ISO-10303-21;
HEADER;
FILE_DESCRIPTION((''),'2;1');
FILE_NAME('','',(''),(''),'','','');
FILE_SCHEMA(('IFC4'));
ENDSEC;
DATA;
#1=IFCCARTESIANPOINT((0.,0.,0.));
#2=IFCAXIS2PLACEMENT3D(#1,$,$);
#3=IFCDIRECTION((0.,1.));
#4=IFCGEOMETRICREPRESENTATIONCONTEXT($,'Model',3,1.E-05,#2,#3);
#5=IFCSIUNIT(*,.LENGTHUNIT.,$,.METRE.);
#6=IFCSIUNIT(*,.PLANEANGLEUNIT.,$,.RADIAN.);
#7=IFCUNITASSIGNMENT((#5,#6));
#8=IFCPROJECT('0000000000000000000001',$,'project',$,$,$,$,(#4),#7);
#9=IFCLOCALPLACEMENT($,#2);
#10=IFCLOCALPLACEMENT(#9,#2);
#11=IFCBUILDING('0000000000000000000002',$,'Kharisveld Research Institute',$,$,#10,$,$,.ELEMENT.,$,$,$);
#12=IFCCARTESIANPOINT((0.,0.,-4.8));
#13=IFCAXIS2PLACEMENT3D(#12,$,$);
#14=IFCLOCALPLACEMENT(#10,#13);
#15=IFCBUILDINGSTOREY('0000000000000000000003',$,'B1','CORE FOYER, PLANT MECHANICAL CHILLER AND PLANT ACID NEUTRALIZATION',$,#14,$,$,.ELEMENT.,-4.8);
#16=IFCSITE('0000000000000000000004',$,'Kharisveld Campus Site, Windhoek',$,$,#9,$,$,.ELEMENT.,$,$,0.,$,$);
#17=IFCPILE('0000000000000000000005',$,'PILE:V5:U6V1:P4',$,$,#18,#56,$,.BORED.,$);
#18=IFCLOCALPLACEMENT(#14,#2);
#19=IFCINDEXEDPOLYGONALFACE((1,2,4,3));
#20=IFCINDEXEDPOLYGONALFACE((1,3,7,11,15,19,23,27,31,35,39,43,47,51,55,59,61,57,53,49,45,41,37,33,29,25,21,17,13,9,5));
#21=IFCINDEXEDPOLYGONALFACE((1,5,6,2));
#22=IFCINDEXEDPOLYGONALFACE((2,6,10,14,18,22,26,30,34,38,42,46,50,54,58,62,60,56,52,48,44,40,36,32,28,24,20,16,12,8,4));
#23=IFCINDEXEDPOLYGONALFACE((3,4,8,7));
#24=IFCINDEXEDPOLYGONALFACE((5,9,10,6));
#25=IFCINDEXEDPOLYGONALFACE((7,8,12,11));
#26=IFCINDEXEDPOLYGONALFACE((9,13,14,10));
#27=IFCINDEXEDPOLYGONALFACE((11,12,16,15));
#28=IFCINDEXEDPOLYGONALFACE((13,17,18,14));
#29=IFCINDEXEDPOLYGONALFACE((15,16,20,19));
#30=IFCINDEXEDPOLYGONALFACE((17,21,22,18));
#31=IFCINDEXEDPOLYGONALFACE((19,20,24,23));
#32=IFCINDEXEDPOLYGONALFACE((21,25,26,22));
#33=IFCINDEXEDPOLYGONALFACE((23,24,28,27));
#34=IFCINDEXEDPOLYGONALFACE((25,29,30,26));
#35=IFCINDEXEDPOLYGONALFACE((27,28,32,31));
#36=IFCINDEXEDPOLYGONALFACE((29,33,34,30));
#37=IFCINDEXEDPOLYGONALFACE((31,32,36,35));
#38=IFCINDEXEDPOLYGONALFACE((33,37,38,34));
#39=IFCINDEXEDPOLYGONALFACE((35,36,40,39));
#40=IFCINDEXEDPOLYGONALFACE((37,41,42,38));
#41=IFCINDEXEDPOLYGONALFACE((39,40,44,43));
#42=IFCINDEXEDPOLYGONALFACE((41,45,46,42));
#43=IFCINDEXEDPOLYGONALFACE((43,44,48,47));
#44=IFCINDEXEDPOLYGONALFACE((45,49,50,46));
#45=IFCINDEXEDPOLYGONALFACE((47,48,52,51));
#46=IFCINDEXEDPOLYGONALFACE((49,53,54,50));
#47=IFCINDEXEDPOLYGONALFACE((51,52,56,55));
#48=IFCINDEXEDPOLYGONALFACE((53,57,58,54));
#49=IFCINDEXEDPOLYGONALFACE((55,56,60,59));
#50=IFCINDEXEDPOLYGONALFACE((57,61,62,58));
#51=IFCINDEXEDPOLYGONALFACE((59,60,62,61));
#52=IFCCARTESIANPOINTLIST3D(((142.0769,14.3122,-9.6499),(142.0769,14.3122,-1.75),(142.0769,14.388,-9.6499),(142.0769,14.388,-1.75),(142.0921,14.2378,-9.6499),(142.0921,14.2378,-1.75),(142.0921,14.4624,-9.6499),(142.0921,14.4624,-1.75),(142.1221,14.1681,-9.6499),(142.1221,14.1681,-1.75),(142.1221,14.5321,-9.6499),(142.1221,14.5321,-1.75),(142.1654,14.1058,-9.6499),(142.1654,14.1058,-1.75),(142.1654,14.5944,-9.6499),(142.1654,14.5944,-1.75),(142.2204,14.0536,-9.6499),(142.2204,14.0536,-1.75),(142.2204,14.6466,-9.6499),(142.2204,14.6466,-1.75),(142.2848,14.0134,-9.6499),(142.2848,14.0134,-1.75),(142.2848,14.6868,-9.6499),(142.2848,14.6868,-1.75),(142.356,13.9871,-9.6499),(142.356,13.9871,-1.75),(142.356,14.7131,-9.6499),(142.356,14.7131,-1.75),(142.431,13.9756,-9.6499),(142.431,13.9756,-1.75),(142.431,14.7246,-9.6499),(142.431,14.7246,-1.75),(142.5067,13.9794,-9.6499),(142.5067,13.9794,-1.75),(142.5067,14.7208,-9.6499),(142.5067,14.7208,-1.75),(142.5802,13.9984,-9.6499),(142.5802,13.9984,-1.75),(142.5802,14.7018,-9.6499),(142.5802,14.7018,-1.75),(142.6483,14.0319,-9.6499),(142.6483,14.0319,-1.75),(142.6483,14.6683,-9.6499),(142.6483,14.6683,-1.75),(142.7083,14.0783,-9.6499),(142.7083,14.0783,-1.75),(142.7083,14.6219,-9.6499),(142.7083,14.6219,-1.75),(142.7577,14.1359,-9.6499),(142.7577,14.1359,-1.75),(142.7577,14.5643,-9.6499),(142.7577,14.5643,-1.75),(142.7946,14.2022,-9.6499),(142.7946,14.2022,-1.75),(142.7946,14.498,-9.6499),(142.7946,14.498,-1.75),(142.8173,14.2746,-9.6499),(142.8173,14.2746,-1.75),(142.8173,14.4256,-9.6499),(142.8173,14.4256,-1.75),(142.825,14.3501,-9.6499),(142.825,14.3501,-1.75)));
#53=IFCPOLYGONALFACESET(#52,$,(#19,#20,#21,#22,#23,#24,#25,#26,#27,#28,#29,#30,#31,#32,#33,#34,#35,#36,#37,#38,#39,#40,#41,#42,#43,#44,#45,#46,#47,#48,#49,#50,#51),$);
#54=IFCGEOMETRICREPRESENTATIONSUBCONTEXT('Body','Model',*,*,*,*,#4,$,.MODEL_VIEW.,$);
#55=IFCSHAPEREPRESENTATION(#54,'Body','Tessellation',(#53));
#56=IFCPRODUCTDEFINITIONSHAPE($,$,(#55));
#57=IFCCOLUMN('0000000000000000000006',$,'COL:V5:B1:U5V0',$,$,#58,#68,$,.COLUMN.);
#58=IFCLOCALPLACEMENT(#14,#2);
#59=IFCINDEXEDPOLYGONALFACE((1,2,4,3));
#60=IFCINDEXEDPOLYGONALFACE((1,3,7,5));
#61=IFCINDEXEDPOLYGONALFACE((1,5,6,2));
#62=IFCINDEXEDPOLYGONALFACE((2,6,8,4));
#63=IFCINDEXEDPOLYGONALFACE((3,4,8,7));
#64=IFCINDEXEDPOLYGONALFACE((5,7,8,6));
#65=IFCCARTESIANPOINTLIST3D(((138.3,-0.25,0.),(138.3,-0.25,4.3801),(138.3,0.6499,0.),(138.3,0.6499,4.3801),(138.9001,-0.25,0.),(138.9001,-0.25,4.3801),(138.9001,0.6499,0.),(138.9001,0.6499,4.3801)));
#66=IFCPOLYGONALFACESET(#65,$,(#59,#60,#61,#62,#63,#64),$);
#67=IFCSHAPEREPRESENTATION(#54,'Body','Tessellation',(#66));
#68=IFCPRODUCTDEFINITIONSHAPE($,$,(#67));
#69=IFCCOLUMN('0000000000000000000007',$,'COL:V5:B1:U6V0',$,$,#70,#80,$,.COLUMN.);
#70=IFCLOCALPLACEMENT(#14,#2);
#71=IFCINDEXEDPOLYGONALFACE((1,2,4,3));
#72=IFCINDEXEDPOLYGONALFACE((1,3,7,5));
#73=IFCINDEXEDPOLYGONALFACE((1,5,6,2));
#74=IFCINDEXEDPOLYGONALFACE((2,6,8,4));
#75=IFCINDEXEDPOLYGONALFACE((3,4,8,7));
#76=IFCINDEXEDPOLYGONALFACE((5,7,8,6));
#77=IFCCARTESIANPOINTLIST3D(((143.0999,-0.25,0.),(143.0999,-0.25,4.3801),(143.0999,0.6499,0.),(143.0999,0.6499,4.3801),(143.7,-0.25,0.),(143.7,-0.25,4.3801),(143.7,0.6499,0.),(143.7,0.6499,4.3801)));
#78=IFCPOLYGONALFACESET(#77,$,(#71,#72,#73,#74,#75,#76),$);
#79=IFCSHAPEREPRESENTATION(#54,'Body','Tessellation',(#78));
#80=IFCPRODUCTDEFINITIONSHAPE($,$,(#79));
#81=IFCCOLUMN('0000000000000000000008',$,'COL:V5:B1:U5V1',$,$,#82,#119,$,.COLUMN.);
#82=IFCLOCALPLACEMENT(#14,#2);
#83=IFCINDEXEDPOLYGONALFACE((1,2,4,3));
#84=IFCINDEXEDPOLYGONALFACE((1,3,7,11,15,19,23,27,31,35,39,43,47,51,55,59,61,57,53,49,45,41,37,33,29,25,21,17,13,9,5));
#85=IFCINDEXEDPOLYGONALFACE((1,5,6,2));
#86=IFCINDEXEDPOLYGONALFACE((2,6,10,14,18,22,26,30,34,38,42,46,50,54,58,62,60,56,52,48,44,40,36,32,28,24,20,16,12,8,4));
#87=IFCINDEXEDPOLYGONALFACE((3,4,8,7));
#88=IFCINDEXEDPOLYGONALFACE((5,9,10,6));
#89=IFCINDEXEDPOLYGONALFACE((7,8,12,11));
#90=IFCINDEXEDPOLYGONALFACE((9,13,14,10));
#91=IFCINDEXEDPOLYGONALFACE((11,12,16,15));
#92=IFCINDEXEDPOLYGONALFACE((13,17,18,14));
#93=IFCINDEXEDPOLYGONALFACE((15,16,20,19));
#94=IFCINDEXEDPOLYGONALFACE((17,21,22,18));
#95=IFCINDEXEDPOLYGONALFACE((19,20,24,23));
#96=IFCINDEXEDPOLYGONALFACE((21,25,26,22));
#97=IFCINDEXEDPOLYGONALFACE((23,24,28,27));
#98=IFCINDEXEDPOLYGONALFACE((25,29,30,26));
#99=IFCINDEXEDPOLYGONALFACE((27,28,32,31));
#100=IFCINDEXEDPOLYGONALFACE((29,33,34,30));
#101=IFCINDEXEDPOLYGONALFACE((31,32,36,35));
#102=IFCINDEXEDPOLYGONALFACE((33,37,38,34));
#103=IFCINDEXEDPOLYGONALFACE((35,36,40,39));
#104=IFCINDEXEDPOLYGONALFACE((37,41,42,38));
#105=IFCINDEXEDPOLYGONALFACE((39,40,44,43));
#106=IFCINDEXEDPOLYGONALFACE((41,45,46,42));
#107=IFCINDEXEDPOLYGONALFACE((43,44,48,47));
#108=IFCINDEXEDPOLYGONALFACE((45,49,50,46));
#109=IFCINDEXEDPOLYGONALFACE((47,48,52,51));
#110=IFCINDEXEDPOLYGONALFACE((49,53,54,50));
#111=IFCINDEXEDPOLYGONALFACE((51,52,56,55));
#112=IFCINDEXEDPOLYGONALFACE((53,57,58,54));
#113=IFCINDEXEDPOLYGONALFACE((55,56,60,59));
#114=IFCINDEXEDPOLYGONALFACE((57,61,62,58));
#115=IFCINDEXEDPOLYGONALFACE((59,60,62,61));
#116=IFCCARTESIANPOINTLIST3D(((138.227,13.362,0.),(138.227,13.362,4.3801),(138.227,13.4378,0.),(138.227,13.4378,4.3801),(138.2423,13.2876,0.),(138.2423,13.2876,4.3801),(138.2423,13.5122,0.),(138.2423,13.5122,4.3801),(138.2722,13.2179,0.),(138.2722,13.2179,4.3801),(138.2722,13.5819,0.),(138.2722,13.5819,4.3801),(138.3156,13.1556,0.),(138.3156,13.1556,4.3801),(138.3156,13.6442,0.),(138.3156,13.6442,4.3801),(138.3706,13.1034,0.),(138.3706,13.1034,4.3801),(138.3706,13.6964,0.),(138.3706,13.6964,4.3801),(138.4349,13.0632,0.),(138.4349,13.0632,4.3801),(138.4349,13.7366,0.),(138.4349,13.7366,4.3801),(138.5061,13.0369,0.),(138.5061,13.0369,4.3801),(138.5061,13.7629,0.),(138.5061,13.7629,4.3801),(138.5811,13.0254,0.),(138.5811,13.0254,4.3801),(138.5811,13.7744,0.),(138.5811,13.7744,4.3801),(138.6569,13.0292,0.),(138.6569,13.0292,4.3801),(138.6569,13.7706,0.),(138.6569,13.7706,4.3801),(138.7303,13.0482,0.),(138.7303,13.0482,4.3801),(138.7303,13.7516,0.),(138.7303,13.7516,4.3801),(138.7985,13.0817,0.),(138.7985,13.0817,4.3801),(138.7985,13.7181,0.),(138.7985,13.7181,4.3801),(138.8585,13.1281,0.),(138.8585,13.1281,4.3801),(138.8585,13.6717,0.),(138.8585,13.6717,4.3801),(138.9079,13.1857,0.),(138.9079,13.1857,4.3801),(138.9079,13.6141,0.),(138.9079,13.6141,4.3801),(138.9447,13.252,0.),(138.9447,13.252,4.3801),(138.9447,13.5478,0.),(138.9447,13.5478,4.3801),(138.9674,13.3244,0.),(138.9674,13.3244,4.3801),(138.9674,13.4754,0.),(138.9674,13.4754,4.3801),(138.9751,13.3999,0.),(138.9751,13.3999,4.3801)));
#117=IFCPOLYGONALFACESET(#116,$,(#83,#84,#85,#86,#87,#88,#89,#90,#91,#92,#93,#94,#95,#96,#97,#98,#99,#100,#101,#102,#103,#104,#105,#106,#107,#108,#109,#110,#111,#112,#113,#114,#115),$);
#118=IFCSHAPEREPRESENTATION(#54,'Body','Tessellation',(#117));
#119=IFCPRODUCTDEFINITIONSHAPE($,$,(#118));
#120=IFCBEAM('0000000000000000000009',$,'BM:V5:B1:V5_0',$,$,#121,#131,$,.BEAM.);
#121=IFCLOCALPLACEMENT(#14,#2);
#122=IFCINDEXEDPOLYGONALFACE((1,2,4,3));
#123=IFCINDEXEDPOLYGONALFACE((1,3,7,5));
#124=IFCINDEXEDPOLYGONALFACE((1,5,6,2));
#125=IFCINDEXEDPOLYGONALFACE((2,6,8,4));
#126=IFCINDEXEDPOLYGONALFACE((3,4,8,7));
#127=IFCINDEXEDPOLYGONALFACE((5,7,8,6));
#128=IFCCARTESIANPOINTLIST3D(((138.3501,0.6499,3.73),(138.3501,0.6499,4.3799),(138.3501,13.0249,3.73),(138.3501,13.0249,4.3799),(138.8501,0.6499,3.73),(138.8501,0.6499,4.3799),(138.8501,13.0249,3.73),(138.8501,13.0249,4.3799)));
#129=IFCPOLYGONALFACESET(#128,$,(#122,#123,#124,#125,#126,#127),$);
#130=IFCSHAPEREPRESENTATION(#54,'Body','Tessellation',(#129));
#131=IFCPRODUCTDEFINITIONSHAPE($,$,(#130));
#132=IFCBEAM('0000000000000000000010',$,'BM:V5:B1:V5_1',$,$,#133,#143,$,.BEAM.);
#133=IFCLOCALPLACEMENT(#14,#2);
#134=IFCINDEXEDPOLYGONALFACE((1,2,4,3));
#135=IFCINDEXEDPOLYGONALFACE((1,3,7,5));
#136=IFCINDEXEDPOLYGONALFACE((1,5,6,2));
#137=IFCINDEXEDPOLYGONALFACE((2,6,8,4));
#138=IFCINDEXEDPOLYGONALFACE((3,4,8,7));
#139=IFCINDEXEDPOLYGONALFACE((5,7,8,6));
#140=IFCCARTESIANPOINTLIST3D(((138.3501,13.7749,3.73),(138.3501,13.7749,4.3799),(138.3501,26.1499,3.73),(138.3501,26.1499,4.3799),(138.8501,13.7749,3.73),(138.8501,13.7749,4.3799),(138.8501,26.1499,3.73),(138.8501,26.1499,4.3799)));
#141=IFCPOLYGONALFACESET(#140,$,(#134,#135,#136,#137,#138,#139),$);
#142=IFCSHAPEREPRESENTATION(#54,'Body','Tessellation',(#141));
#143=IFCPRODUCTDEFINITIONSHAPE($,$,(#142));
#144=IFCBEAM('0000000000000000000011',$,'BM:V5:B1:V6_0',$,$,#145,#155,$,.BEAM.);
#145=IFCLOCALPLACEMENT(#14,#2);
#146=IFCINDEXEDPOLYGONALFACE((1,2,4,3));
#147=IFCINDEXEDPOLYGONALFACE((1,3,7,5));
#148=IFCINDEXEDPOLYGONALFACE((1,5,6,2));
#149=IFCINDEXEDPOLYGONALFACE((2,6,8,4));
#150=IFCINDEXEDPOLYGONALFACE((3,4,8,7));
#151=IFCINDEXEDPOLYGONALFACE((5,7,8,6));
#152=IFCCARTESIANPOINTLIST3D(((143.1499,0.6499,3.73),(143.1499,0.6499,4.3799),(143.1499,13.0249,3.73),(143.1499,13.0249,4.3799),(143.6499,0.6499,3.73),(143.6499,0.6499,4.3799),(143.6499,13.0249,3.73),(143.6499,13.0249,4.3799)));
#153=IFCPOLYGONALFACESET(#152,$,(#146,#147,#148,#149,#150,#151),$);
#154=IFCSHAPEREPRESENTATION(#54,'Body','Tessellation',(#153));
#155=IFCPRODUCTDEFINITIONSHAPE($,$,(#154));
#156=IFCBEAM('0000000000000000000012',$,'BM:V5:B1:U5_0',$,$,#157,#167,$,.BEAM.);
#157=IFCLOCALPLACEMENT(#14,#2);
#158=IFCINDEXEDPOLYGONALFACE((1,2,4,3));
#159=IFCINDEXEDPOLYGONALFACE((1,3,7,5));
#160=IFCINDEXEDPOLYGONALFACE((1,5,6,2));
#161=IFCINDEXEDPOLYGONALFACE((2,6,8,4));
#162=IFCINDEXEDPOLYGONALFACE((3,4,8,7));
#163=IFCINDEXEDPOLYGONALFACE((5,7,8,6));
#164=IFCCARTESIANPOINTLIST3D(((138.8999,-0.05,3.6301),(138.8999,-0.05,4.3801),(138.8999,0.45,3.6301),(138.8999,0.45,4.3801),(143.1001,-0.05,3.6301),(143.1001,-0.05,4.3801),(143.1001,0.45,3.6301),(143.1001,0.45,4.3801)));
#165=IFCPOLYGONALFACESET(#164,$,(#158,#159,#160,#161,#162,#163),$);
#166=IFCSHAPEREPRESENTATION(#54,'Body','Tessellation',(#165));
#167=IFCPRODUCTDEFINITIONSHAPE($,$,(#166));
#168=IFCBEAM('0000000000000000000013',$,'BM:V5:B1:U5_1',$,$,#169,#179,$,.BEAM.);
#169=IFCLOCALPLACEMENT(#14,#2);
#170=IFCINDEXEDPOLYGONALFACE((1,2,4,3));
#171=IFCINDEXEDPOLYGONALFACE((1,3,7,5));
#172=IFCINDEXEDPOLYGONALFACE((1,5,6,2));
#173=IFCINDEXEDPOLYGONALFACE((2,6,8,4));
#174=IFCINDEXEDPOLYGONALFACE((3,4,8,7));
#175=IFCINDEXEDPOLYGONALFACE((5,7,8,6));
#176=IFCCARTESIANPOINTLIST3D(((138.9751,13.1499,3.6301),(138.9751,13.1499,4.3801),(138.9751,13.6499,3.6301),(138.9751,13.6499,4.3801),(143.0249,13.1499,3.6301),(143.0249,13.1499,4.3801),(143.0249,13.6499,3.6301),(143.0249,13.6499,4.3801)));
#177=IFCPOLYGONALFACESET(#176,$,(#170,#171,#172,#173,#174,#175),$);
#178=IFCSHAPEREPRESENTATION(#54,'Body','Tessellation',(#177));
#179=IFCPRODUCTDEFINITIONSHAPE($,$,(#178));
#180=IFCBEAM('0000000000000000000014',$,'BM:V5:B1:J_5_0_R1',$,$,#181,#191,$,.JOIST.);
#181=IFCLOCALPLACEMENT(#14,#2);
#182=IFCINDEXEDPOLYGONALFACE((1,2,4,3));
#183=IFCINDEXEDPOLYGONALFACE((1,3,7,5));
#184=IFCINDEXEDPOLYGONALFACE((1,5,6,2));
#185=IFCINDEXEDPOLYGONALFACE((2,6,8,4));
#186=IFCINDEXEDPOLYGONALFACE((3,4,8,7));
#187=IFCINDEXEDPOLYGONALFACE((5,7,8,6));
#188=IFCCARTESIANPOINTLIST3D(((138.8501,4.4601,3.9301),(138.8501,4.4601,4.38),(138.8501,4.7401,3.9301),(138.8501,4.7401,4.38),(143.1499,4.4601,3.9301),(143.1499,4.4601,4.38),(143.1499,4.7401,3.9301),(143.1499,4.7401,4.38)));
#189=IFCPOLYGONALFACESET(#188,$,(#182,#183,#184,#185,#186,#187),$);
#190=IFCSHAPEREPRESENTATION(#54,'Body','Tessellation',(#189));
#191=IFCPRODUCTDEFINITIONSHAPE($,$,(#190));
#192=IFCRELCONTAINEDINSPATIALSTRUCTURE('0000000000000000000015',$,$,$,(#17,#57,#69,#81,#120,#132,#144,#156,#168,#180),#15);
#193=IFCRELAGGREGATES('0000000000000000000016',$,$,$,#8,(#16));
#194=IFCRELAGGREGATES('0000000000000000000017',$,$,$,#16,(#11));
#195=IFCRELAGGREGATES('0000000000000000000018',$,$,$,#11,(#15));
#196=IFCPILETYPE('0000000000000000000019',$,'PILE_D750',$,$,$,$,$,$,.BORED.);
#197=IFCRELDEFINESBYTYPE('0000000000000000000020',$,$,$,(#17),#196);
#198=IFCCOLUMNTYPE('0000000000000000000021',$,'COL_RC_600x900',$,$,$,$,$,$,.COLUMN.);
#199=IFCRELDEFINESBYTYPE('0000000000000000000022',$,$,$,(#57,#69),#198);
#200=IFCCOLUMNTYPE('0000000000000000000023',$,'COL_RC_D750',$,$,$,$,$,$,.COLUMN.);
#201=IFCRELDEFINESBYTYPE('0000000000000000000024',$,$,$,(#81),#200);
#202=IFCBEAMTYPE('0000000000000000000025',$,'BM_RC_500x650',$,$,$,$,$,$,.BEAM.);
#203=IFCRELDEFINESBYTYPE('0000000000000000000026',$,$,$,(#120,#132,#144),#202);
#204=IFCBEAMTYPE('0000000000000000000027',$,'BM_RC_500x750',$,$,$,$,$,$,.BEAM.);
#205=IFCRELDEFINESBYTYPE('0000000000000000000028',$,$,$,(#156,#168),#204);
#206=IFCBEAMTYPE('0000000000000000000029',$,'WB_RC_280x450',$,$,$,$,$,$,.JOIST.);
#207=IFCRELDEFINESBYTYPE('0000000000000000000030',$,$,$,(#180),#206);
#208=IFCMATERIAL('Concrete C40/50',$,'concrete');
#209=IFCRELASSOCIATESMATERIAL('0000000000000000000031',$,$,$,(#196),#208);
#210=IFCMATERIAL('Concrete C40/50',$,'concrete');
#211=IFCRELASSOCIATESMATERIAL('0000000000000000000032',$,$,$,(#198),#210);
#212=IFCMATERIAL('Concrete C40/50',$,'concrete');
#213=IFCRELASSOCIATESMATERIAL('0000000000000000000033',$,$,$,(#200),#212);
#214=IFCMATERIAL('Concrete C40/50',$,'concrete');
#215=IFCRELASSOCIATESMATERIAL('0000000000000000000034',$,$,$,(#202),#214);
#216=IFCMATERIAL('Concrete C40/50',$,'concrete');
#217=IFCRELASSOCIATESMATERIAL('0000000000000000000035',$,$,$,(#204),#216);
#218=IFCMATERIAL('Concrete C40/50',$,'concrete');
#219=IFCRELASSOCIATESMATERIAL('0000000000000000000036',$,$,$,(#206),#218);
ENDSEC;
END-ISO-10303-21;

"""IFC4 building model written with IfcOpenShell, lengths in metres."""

from ifc_helpers import new_model, si_unit, direction, frame, origin, origin_2d, place, context, subcontext, project, spatial, rectangle, circle, extrude, material, material_profile, profile_set, type_object, element, save


model = new_model("IFC4")

# Units and contexts
model_context = context("Model", 3, precision=1e-05, world=origin(), true_north=direction((0.0, 1.0)))
body_context = subcontext(model_context, "Body", "Model", "MODEL_VIEW")
ifc_project = project(units=[si_unit("LENGTHUNIT", "METRE"), si_unit("PLANEANGLEUNIT", "RADIAN")], contexts=[model_context])

# Site, building, storey
site_placement = place(None, origin())
site = spatial("IfcSite", under=ifc_project, at=site_placement, Name="Kharisveld Campus Site, Windhoek", CompositionType="ELEMENT", RefElevation=0.0)
building_placement = place(site_placement, origin())
building = spatial("IfcBuilding", under=site, at=building_placement, Name="Kharisveld Research Institute", CompositionType="ELEMENT")
storey_placement = place(building_placement, frame((0.0, 0.0, -4.8)))
storey = spatial("IfcBuildingStorey", under=building, at=storey_placement, Name="B1", Description="CORE FOYER, PLANT MECHANICAL CHILLER AND PLANT ACID NEUTRALIZATION", CompositionType="ELEMENT", Elevation=-4.8)

# Pile
ifc_material_1 = material(Name="Concrete C40/50", Category="concrete")
ifc_material_profile_1 = material_profile(ifc_material_1, circle(Radius=0.375, at=origin_2d()))
ifc_profile_set_1 = profile_set([ifc_material_profile_1], Name="Concrete C40/50")
pile_type_1 = type_object("IfcPileType", Name="PILE_D750", PredefinedType="BORED", material=ifc_profile_set_1)
for number, where, z_axis, x_axis, name in (
    (1, (142.45, 14.3501, -1.75), (0.0, 0.0, -1.0), (1.0, 0.0, 0.0), "PILE:V5:U6V1:P4"),
):
    element("IfcPile", number, at=place(storey_placement, frame(where, z_axis=z_axis, x_axis=x_axis)), inside=storey, type_object=pile_type_1, Name=name, PredefinedType="BORED", context=body_context, shape_type="SweptSolid", body=[
        extrude(circle(Radius=0.375, at=origin_2d()), origin(), (0.0, 0.0, 1.0), 7.8999),
    ])

# Columns
ifc_material_2 = material(Name="Concrete C40/50", Category="concrete")
ifc_material_profile_2 = material_profile(ifc_material_2, rectangle(XDim=0.6001, YDim=0.8999, at=origin_2d()))
ifc_profile_set_2 = profile_set([ifc_material_profile_2], Name="Concrete C40/50")
column_type_1 = type_object("IfcColumnType", Name="COL_RC_600x900", PredefinedType="COLUMN", material=ifc_profile_set_2)
for number, where, z_axis, x_axis, name in (
    (2, (138.6001, 0.2, 0.0), (0.0, 0.0, 1.0), (1.0, 0.0, 0.0), "COL:V5:B1:U5V0"),
    (3, (143.3999, 0.2, 0.0), (0.0, 0.0, 1.0), (1.0, 0.0, 0.0), "COL:V5:B1:U6V0"),
):
    element("IfcColumn", number, at=place(storey_placement, frame(where, z_axis=z_axis, x_axis=x_axis)), inside=storey, type_object=column_type_1, Name=name, PredefinedType="COLUMN", context=body_context, shape_type="SweptSolid", body=[
        extrude(rectangle(XDim=0.6001, YDim=0.8999, at=origin_2d()), origin(), (0.0, 0.0, 1.0), 4.3801),
    ])
ifc_material_3 = material(Name="Concrete C40/50", Category="concrete")
ifc_material_profile_3 = material_profile(ifc_material_3, circle(Radius=0.375, at=origin_2d()))
ifc_profile_set_3 = profile_set([ifc_material_profile_3], Name="Concrete C40/50")
column_type_2 = type_object("IfcColumnType", Name="COL_RC_D750", PredefinedType="COLUMN", material=ifc_profile_set_3)
column_placement = place(storey_placement, frame((138.6001, 13.3999, 0.0), z_axis=(0.0, 0.0, 1.0), x_axis=(1.0, 0.0, 0.0)))
element("IfcColumn", 4, at=column_placement, inside=storey, type_object=column_type_2, Name="COL:V5:B1:U5V1", PredefinedType="COLUMN", context=body_context, shape_type="SweptSolid", body=[
    extrude(circle(Radius=0.375, at=origin_2d()), origin(), (0.0, 0.0, 1.0), 4.3801),
])

# Beams
ifc_material_4 = material(Name="Concrete C40/50", Category="concrete")
ifc_material_profile_4 = material_profile(ifc_material_4, rectangle(XDim=0.5, YDim=0.6499, at=origin_2d()))
ifc_profile_set_4 = profile_set([ifc_material_profile_4], Name="Concrete C40/50")
beam_type_1 = type_object("IfcBeamType", Name="BM_RC_500x650", PredefinedType="BEAM", material=ifc_profile_set_4)
for number, where, z_axis, x_axis, name in (
    (5, (138.6001, 0.6499, 4.0549), (0.0, 1.0, 0.0), (-1.0, 0.0, 0.0), "BM:V5:B1:V5_0"),
    (6, (138.6001, 13.7749, 4.0549), (0.0, 1.0, 0.0), (-1.0, 0.0, 0.0), "BM:V5:B1:V5_1"),
    (7, (143.3999, 0.6499, 4.0549), (0.0, 1.0, 0.0), (-1.0, 0.0, 0.0), "BM:V5:B1:V6_0"),
):
    element("IfcBeam", number, at=place(storey_placement, frame(where, z_axis=z_axis, x_axis=x_axis)), inside=storey, type_object=beam_type_1, Name=name, PredefinedType="BEAM", context=body_context, shape_type="SweptSolid", body=[
        extrude(rectangle(XDim=0.5, YDim=0.6499, at=origin_2d()), origin(), (0.0, 0.0, 1.0), 12.375),
    ])
ifc_material_5 = material(Name="Concrete C40/50", Category="concrete")
ifc_material_profile_5 = material_profile(ifc_material_5, rectangle(XDim=0.5, YDim=0.75, at=origin_2d()))
ifc_profile_set_5 = profile_set([ifc_material_profile_5], Name="Concrete C40/50")
beam_type_2 = type_object("IfcBeamType", Name="BM_RC_500x750", PredefinedType="BEAM", material=ifc_profile_set_5)
beam_1_placement = place(storey_placement, frame((138.8999, 0.2, 4.0051), z_axis=(1.0, 0.0, 0.0), x_axis=(0.0, 1.0, 0.0)))
element("IfcBeam", 8, at=beam_1_placement, inside=storey, type_object=beam_type_2, Name="BM:V5:B1:U5_0", PredefinedType="BEAM", context=body_context, shape_type="SweptSolid", body=[
    extrude(rectangle(XDim=0.5, YDim=0.75, at=origin_2d()), origin(), (0.0, 0.0, 1.0), 4.2002),
])
beam_2_placement = place(storey_placement, frame((138.9751, 13.3999, 4.0051), z_axis=(1.0, 0.0, 0.0), x_axis=(0.0, 1.0, 0.0)))
element("IfcBeam", 9, at=beam_2_placement, inside=storey, type_object=beam_type_2, Name="BM:V5:B1:U5_1", PredefinedType="BEAM", context=body_context, shape_type="SweptSolid", body=[
    extrude(rectangle(XDim=0.5, YDim=0.75, at=origin_2d()), origin(), (0.0, 0.0, 1.0), 4.0498),
])
ifc_material_6 = material(Name="Concrete C40/50", Category="concrete")
ifc_material_profile_6 = material_profile(ifc_material_6, rectangle(XDim=0.28, YDim=0.45, at=origin_2d()))
ifc_profile_set_6 = profile_set([ifc_material_profile_6], Name="Concrete C40/50")
beam_type_3 = type_object("IfcBeamType", Name="WB_RC_280x450", PredefinedType="JOIST", material=ifc_profile_set_6)
for number, where, z_axis, x_axis, name in (
    (10, (138.8501, 4.6001, 4.155), (1.0, 0.0, 0.0), (0.0, 1.0, 0.0), "BM:V5:B1:J_5_0_R1"),
):
    element("IfcBeam", number, at=place(storey_placement, frame(where, z_axis=z_axis, x_axis=x_axis)), inside=storey, type_object=beam_type_3, Name=name, PredefinedType="JOIST", context=body_context, shape_type="SweptSolid", body=[
        extrude(rectangle(XDim=0.28, YDim=0.45, at=origin_2d()), origin(), (0.0, 0.0, 1.0), 4.2998),
    ])

save(model, "model.ifc")
